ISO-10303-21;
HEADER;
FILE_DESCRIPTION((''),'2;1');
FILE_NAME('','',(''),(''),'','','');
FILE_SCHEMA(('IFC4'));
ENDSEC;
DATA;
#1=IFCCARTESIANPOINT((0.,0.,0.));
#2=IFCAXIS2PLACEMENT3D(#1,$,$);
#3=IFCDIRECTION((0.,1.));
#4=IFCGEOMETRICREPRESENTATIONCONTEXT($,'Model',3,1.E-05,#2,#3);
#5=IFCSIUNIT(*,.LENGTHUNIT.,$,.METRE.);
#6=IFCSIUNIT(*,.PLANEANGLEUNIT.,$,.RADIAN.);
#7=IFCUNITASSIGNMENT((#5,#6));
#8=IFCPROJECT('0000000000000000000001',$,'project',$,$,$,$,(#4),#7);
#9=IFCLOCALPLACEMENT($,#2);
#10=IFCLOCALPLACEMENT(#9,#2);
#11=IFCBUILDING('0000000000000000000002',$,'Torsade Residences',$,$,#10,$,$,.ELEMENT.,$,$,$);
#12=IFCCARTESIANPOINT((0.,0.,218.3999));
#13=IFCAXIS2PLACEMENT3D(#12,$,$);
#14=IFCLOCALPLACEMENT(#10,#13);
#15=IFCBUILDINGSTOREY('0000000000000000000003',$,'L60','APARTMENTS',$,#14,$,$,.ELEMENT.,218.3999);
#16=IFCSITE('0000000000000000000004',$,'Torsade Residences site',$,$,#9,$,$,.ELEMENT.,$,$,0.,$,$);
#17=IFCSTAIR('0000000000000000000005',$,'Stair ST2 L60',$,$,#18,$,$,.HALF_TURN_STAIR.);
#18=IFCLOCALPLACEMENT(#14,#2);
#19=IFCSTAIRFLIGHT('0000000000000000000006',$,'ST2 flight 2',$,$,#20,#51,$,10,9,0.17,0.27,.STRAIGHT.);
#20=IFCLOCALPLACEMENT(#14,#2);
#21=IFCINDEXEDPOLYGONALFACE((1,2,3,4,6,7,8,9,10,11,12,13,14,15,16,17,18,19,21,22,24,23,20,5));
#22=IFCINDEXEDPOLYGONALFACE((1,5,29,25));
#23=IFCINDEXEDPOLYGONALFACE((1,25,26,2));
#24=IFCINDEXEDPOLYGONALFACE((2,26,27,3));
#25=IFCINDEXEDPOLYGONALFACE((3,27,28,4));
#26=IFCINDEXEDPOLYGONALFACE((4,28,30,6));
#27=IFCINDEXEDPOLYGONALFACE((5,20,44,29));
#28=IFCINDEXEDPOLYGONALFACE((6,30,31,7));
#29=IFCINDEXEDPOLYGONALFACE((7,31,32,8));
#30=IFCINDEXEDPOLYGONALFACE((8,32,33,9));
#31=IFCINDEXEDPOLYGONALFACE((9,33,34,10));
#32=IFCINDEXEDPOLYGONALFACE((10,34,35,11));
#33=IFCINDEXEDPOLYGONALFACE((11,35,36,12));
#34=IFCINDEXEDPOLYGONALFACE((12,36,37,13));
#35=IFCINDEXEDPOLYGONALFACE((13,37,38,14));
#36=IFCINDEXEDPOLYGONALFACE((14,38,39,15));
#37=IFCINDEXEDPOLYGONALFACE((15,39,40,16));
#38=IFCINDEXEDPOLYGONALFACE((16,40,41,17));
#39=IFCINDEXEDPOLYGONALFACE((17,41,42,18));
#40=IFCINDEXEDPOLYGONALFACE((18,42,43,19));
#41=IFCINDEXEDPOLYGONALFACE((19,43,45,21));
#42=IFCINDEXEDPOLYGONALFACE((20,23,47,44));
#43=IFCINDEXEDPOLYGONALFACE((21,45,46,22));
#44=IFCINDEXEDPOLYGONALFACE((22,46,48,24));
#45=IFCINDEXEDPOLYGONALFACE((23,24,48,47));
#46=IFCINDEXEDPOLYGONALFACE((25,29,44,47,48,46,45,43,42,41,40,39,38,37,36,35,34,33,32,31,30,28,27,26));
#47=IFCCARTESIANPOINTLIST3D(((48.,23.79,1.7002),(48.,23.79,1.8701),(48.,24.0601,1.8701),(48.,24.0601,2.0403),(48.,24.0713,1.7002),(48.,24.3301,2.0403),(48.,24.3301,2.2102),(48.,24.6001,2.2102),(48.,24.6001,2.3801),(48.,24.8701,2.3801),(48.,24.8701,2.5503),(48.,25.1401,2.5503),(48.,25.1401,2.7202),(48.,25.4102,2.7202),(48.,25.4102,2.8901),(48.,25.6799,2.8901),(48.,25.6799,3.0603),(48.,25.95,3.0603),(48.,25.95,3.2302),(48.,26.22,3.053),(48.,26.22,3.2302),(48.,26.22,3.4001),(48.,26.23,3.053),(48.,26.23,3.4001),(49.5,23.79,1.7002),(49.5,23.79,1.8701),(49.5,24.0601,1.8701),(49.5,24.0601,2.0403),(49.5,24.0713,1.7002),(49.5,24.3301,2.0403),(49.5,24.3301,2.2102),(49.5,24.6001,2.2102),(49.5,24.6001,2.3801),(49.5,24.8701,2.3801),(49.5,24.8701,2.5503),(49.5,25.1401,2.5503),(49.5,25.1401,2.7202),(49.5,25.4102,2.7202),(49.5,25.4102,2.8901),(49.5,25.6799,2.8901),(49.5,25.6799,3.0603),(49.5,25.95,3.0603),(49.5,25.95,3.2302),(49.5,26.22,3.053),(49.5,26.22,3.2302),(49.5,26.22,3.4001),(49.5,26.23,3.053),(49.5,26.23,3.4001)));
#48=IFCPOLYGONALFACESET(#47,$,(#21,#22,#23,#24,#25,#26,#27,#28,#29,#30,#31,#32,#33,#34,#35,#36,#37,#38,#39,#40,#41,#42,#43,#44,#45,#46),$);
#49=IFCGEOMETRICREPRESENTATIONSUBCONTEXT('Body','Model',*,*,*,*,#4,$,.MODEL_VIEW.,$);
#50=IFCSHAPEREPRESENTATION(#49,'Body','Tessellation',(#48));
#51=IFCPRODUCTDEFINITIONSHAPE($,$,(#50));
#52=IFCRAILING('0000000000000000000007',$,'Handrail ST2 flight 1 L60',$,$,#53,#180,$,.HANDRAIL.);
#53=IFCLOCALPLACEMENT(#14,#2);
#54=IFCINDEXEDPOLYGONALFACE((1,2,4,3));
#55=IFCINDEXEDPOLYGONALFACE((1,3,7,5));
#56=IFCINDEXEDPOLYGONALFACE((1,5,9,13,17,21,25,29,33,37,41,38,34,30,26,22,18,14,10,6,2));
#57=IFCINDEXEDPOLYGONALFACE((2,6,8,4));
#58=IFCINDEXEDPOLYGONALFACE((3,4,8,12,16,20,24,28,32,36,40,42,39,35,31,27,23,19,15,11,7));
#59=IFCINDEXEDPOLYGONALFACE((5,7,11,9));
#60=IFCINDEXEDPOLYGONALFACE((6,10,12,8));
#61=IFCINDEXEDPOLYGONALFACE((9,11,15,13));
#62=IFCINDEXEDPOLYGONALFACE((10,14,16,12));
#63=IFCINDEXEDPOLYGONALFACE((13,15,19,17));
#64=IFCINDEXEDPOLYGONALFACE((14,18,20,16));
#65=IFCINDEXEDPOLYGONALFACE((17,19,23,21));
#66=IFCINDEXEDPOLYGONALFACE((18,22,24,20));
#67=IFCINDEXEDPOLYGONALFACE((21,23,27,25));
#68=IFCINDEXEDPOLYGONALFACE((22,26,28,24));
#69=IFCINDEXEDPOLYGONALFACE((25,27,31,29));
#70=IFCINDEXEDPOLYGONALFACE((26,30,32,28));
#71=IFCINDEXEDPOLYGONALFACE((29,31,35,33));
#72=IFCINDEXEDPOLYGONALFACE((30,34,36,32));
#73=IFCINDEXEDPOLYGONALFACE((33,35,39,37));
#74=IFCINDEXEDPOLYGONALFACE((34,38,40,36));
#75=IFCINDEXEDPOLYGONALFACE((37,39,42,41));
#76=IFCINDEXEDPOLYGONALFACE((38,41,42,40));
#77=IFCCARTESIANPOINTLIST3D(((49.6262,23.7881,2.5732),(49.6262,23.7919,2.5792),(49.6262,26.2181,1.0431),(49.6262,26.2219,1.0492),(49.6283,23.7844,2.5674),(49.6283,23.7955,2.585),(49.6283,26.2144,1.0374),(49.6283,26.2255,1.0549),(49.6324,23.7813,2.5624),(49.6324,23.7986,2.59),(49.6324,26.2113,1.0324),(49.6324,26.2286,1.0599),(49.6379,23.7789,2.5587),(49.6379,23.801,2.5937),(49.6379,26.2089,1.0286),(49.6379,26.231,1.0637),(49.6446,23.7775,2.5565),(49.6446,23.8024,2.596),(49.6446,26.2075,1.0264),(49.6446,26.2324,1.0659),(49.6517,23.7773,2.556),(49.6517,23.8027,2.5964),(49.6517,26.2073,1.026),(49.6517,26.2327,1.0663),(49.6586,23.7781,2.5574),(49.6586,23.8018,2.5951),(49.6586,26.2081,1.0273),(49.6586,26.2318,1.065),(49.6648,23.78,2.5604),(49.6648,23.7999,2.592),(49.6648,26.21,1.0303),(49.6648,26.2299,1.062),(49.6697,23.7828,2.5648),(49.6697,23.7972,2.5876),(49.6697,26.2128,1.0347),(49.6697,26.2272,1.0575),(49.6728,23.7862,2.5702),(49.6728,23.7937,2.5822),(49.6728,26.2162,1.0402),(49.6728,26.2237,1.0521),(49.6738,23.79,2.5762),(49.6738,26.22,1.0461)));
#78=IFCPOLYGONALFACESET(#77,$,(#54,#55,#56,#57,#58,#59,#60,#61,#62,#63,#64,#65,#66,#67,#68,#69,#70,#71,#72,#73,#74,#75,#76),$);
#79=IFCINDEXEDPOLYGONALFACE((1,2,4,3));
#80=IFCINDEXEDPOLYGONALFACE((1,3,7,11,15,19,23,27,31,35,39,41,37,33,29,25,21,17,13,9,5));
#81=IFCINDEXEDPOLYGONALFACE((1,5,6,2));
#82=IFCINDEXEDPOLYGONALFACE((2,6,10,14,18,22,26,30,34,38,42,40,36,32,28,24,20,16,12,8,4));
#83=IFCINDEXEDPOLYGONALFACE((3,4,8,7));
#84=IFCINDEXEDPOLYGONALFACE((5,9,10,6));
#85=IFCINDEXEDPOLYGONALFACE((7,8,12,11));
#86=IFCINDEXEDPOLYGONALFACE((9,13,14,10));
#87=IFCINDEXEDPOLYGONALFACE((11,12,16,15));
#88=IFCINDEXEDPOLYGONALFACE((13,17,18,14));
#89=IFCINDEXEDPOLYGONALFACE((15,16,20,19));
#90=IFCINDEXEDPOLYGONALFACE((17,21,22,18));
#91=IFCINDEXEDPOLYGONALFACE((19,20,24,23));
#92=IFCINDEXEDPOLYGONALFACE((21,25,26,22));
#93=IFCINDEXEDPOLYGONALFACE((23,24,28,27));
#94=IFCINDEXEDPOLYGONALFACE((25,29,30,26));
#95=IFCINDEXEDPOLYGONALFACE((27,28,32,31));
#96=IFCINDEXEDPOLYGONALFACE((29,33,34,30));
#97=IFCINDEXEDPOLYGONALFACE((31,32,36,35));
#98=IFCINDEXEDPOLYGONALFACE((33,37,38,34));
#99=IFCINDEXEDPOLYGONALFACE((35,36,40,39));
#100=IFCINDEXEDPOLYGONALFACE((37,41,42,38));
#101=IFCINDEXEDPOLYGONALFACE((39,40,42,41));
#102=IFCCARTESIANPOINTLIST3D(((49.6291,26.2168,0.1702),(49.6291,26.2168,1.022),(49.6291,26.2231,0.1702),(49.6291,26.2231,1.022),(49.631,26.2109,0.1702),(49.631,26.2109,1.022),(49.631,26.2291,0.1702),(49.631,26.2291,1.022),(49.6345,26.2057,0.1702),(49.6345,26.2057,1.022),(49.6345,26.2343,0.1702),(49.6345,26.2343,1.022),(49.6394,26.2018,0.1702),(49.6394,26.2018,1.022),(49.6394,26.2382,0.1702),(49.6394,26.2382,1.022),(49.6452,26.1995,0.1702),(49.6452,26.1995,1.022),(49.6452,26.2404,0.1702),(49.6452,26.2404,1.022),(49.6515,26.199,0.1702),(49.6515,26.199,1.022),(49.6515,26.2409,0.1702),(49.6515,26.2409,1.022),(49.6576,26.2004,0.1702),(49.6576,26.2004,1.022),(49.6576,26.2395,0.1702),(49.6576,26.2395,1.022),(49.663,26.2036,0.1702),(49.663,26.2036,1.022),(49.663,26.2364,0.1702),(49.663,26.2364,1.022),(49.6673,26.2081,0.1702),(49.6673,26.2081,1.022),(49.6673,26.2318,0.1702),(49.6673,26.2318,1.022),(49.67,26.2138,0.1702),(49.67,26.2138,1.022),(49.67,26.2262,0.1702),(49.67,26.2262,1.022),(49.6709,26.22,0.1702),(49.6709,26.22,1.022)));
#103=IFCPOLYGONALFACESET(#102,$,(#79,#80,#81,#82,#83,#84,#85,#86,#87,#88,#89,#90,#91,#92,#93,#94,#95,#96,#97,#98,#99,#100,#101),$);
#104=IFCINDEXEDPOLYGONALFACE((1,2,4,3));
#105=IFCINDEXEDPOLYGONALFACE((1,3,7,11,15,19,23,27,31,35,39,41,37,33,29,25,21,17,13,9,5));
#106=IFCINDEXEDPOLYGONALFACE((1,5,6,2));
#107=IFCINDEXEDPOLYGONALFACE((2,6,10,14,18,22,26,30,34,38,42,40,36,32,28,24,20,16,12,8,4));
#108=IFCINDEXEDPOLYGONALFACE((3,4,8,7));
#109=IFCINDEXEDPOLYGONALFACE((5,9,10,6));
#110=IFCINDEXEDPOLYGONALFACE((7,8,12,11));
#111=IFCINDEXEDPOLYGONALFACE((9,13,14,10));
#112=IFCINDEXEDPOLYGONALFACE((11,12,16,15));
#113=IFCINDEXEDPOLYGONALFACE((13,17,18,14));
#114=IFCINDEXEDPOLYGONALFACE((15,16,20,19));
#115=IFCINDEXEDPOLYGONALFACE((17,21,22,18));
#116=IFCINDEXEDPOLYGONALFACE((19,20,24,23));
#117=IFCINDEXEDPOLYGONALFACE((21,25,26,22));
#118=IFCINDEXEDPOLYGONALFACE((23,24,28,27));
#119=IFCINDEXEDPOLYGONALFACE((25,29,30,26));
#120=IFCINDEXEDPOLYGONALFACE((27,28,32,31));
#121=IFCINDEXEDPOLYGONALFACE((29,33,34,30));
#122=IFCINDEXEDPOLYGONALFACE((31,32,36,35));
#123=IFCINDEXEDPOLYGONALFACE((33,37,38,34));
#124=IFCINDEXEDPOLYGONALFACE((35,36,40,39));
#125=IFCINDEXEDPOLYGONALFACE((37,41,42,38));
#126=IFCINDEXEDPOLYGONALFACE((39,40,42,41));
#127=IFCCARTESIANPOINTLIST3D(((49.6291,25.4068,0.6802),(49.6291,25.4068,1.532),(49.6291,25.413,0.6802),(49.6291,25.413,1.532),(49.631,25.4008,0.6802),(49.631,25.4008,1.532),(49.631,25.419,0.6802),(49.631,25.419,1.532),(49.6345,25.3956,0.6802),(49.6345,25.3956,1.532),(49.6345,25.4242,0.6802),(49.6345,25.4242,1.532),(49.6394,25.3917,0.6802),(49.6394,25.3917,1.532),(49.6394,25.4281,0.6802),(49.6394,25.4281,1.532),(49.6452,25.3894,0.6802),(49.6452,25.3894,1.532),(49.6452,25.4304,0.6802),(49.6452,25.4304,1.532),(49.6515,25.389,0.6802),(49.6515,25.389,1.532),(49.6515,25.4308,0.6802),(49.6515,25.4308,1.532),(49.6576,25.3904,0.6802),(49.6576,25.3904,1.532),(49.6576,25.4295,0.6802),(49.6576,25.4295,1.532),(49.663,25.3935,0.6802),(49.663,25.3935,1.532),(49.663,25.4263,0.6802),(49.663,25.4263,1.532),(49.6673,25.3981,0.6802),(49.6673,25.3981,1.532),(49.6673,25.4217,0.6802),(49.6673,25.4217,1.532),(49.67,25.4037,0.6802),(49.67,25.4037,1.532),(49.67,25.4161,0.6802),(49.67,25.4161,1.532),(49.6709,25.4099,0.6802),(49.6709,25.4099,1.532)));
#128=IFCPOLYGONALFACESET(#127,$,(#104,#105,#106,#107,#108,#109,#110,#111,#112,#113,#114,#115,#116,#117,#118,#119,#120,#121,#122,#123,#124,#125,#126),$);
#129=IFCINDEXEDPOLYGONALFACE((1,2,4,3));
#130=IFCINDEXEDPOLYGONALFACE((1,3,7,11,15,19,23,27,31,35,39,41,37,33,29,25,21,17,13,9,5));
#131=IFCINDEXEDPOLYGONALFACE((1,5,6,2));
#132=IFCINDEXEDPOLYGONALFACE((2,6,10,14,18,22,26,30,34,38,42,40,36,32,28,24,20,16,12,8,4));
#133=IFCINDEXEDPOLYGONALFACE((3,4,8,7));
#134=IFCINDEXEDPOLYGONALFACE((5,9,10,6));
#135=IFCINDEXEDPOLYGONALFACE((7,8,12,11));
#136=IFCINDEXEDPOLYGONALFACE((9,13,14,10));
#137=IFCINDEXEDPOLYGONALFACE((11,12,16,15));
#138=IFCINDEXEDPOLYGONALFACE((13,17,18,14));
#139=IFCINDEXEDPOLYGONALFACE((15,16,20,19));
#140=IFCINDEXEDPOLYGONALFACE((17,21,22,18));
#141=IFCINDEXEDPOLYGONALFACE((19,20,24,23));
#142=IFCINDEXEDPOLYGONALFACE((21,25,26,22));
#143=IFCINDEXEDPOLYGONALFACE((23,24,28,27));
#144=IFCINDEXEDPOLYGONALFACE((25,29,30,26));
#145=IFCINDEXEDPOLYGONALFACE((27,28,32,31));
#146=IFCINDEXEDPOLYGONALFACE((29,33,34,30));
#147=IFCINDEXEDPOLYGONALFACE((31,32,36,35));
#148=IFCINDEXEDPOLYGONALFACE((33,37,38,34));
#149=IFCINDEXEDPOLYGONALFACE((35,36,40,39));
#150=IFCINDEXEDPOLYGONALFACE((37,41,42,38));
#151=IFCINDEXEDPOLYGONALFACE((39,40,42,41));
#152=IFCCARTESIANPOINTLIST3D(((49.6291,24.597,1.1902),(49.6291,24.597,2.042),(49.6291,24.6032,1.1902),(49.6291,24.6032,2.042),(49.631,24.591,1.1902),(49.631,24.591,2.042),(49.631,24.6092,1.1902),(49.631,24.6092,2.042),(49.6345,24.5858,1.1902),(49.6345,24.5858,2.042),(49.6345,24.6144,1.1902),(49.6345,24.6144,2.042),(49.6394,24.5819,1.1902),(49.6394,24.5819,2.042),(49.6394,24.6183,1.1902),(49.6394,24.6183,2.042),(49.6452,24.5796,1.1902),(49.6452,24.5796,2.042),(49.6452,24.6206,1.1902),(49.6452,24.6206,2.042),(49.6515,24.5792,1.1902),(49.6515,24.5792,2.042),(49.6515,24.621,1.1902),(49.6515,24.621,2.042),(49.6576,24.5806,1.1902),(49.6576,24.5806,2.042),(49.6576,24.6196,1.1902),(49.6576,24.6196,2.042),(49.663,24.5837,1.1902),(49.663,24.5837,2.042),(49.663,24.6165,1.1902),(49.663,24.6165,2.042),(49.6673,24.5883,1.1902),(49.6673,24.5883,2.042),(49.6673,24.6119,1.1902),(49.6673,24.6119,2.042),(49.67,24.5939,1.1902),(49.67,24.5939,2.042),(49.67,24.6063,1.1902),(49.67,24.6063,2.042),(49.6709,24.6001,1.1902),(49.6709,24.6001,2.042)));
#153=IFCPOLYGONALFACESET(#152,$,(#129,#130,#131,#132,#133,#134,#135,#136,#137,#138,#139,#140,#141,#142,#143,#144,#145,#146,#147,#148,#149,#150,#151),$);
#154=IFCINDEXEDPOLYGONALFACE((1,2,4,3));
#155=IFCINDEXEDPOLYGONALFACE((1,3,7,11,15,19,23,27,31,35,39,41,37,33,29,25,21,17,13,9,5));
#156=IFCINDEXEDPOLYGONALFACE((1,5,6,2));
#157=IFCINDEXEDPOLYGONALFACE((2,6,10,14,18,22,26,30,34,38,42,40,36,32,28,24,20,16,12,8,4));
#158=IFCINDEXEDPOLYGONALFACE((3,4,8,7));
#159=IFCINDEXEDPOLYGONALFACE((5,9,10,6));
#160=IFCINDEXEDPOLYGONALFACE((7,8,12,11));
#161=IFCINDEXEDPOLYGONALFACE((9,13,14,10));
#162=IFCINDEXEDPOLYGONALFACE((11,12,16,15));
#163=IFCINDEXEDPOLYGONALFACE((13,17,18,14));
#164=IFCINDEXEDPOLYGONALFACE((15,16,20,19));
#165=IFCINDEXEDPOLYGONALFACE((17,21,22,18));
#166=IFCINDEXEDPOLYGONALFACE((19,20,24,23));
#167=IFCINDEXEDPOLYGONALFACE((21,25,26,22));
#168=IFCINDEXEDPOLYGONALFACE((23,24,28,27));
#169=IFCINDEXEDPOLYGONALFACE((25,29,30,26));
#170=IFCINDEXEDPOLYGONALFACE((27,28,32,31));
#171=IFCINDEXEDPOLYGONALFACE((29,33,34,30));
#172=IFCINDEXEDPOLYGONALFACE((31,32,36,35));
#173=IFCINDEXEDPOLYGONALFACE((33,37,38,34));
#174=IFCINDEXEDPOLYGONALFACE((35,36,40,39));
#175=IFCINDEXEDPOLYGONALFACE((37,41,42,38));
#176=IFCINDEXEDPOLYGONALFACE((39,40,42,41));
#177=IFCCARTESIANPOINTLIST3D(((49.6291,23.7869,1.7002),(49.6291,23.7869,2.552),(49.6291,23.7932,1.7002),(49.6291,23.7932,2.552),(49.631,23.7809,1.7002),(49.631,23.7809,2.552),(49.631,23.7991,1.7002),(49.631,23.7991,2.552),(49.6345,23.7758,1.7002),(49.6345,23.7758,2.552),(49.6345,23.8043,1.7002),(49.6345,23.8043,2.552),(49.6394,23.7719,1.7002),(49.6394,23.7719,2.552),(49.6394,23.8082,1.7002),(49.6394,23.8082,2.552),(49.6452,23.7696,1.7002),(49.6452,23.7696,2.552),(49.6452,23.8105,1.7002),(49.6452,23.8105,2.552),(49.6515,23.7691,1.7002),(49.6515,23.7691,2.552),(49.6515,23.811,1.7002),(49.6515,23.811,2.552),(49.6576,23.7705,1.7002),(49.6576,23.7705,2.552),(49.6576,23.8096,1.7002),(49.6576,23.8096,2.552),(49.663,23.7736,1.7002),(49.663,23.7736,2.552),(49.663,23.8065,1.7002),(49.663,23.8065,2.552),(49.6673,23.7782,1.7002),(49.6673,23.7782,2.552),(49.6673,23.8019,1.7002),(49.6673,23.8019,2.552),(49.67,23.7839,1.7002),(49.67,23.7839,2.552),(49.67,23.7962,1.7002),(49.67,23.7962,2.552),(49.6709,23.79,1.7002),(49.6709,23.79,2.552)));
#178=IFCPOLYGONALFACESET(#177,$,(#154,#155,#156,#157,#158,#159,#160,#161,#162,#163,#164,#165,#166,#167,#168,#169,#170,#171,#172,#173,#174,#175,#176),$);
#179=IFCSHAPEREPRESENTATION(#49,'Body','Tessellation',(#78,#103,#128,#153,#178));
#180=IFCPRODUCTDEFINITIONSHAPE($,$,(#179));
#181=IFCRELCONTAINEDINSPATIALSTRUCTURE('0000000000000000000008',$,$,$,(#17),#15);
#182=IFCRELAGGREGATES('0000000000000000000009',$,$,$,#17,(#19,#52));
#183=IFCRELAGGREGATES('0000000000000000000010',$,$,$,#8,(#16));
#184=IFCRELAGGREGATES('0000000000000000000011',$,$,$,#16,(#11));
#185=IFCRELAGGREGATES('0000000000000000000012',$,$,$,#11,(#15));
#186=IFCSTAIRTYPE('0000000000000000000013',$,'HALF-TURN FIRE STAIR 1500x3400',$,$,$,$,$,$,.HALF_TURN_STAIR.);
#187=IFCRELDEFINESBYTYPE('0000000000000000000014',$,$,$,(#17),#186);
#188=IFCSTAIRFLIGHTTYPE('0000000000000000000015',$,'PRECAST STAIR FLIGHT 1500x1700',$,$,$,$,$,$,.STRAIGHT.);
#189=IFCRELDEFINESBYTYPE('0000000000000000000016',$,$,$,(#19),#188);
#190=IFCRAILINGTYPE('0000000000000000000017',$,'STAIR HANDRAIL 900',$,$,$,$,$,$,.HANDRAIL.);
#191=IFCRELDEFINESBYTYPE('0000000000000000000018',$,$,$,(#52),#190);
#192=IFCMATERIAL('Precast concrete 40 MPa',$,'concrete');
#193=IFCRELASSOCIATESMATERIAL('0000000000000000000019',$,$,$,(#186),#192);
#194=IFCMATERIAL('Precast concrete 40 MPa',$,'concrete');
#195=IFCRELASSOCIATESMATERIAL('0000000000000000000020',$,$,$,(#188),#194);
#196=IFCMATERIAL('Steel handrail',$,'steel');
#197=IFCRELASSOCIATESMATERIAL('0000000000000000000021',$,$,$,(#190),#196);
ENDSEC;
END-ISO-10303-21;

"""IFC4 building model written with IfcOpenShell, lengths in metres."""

from ifc_helpers import new_model, si_unit, direction, frame, origin, origin_2d, place, context, subcontext, project, spatial, polyline, circle, outline, extrude, material, type_object, element, aggregate, save


model = new_model("IFC4")

# Units and contexts
model_context = context("Model", 3, precision=1e-05, world=origin(), true_north=direction((0.0, 1.0)))
body_context = subcontext(model_context, "Body", "Model", "MODEL_VIEW")
ifc_project = project(units=[si_unit("LENGTHUNIT", "METRE"), si_unit("PLANEANGLEUNIT", "RADIAN")], contexts=[model_context])

# Site, building, storey
site_placement = place(None, origin())
site = spatial("IfcSite", under=ifc_project, at=site_placement, Name="Torsade Residences site", CompositionType="ELEMENT", RefElevation=0.0)
building_placement = place(site_placement, origin())
building = spatial("IfcBuilding", under=site, at=building_placement, Name="Torsade Residences", CompositionType="ELEMENT")
storey_placement = place(building_placement, frame((0.0, 0.0, 218.3999)))
storey = spatial("IfcBuildingStorey", under=building, at=storey_placement, Name="L60", Description="APARTMENTS", CompositionType="ELEMENT", Elevation=218.3999)

# Stair, stair flight, railing
ifc_material_1 = material(Name="Precast concrete 40 MPa", Category="concrete")
stair_type = type_object("IfcStairType", Name="HALF-TURN FIRE STAIR 1500x3400", PredefinedType="HALF_TURN_STAIR", material=ifc_material_1)
stair_placement = place(storey_placement, origin())
stair = element("IfcStair", 1, at=stair_placement, inside=storey, type_object=stair_type, Name="Stair ST2 L60", PredefinedType="HALF_TURN_STAIR")
ifc_material_2 = material(Name="Precast concrete 40 MPa", Category="concrete")
stair_flight_type = type_object("IfcStairFlightType", Name="PRECAST STAIR FLIGHT 1500x1700", PredefinedType="STRAIGHT", material=ifc_material_2)
stair_flight_1_placement = place(storey_placement, frame((48.75, 23.79, 1.7002), z_axis=(0.0, 0.0, 1.0), x_axis=(0.0, 1.0, 0.0)))
stair_flight_1 = element("IfcStairFlight", 2, at=stair_flight_1_placement, type_object=stair_flight_type, Name="ST2 flight 2", NumberOfRisers=10, NumberOfTreads=9, PredefinedType="STRAIGHT", RiserHeight=0.17, TreadLength=0.27, context=body_context, shape_type="SweptSolid", body=[
    extrude(outline(polyline([(0.0, 0.0), (0.0, 0.1699), (0.27, 0.1699), (0.27, 0.3401), (0.54, 0.3401), (0.54, 0.51), (0.8101, 0.51), (0.8101, 0.6799), (1.0801, 0.6799), (1.0801, 0.8501), (1.3501, 0.8501), (1.3501, 1.02), (1.6201, 1.02), (1.6201, 1.1899), (1.8899, 1.1899), (1.8899, 1.3601), (2.1599, 1.3601), (2.1599, 1.53), (2.4299, 1.53), (2.4299, 1.7), (2.4399, 1.7), (2.4399, 1.3528), (2.4299, 1.3528), (0.2812, 0.0), (0.0, 0.0)])), frame((0.0, 0.75, 0.0), z_axis=(0.0, -1.0, 0.0), x_axis=(1.0, 0.0, 0.0)), (0.0, 0.0, 1.0), 1.5),
])
ifc_material_3 = material(Name="Steel handrail", Category="steel")
railing_type = type_object("IfcRailingType", Name="STAIR HANDRAIL 900", PredefinedType="HANDRAIL", material=ifc_material_3)
railing_1_placement = place(storey_placement, frame((49.6499, 26.22, 0.1702)))
railing_1 = element("IfcRailing", 3, at=railing_1_placement, type_object=railing_type, Name="Handrail ST2 flight 1 L60", PredefinedType="HANDRAIL", context=body_context, shape_type="SweptSolid", body=[
    extrude(circle(Radius=0.0239, at=origin_2d()), frame((0.0, 0.0, 0.876), z_axis=(0.0, -0.846221, 0.532831), x_axis=(1.0, 0.0, 0.0)), (0.0, 0.0, 1.0), 2.8716),
    extrude(circle(Radius=0.021, at=origin_2d()), origin(), (0.0, 0.0, 1.0), 0.8518),
    extrude(circle(Radius=0.021, at=origin_2d()), frame((0.0, -0.8101, 0.51)), (0.0, 0.0, 1.0), 0.8518),
    extrude(circle(Radius=0.021, at=origin_2d()), frame((0.0, -1.6199, 1.02)), (0.0, 0.0, 1.0), 0.8518),
    extrude(circle(Radius=0.021, at=origin_2d()), frame((0.0, -2.4299, 1.53)), (0.0, 0.0, 1.0), 0.8518),
])
aggregate(stair, [stair_flight_1, railing_1])

save(model, "model.ifc")
